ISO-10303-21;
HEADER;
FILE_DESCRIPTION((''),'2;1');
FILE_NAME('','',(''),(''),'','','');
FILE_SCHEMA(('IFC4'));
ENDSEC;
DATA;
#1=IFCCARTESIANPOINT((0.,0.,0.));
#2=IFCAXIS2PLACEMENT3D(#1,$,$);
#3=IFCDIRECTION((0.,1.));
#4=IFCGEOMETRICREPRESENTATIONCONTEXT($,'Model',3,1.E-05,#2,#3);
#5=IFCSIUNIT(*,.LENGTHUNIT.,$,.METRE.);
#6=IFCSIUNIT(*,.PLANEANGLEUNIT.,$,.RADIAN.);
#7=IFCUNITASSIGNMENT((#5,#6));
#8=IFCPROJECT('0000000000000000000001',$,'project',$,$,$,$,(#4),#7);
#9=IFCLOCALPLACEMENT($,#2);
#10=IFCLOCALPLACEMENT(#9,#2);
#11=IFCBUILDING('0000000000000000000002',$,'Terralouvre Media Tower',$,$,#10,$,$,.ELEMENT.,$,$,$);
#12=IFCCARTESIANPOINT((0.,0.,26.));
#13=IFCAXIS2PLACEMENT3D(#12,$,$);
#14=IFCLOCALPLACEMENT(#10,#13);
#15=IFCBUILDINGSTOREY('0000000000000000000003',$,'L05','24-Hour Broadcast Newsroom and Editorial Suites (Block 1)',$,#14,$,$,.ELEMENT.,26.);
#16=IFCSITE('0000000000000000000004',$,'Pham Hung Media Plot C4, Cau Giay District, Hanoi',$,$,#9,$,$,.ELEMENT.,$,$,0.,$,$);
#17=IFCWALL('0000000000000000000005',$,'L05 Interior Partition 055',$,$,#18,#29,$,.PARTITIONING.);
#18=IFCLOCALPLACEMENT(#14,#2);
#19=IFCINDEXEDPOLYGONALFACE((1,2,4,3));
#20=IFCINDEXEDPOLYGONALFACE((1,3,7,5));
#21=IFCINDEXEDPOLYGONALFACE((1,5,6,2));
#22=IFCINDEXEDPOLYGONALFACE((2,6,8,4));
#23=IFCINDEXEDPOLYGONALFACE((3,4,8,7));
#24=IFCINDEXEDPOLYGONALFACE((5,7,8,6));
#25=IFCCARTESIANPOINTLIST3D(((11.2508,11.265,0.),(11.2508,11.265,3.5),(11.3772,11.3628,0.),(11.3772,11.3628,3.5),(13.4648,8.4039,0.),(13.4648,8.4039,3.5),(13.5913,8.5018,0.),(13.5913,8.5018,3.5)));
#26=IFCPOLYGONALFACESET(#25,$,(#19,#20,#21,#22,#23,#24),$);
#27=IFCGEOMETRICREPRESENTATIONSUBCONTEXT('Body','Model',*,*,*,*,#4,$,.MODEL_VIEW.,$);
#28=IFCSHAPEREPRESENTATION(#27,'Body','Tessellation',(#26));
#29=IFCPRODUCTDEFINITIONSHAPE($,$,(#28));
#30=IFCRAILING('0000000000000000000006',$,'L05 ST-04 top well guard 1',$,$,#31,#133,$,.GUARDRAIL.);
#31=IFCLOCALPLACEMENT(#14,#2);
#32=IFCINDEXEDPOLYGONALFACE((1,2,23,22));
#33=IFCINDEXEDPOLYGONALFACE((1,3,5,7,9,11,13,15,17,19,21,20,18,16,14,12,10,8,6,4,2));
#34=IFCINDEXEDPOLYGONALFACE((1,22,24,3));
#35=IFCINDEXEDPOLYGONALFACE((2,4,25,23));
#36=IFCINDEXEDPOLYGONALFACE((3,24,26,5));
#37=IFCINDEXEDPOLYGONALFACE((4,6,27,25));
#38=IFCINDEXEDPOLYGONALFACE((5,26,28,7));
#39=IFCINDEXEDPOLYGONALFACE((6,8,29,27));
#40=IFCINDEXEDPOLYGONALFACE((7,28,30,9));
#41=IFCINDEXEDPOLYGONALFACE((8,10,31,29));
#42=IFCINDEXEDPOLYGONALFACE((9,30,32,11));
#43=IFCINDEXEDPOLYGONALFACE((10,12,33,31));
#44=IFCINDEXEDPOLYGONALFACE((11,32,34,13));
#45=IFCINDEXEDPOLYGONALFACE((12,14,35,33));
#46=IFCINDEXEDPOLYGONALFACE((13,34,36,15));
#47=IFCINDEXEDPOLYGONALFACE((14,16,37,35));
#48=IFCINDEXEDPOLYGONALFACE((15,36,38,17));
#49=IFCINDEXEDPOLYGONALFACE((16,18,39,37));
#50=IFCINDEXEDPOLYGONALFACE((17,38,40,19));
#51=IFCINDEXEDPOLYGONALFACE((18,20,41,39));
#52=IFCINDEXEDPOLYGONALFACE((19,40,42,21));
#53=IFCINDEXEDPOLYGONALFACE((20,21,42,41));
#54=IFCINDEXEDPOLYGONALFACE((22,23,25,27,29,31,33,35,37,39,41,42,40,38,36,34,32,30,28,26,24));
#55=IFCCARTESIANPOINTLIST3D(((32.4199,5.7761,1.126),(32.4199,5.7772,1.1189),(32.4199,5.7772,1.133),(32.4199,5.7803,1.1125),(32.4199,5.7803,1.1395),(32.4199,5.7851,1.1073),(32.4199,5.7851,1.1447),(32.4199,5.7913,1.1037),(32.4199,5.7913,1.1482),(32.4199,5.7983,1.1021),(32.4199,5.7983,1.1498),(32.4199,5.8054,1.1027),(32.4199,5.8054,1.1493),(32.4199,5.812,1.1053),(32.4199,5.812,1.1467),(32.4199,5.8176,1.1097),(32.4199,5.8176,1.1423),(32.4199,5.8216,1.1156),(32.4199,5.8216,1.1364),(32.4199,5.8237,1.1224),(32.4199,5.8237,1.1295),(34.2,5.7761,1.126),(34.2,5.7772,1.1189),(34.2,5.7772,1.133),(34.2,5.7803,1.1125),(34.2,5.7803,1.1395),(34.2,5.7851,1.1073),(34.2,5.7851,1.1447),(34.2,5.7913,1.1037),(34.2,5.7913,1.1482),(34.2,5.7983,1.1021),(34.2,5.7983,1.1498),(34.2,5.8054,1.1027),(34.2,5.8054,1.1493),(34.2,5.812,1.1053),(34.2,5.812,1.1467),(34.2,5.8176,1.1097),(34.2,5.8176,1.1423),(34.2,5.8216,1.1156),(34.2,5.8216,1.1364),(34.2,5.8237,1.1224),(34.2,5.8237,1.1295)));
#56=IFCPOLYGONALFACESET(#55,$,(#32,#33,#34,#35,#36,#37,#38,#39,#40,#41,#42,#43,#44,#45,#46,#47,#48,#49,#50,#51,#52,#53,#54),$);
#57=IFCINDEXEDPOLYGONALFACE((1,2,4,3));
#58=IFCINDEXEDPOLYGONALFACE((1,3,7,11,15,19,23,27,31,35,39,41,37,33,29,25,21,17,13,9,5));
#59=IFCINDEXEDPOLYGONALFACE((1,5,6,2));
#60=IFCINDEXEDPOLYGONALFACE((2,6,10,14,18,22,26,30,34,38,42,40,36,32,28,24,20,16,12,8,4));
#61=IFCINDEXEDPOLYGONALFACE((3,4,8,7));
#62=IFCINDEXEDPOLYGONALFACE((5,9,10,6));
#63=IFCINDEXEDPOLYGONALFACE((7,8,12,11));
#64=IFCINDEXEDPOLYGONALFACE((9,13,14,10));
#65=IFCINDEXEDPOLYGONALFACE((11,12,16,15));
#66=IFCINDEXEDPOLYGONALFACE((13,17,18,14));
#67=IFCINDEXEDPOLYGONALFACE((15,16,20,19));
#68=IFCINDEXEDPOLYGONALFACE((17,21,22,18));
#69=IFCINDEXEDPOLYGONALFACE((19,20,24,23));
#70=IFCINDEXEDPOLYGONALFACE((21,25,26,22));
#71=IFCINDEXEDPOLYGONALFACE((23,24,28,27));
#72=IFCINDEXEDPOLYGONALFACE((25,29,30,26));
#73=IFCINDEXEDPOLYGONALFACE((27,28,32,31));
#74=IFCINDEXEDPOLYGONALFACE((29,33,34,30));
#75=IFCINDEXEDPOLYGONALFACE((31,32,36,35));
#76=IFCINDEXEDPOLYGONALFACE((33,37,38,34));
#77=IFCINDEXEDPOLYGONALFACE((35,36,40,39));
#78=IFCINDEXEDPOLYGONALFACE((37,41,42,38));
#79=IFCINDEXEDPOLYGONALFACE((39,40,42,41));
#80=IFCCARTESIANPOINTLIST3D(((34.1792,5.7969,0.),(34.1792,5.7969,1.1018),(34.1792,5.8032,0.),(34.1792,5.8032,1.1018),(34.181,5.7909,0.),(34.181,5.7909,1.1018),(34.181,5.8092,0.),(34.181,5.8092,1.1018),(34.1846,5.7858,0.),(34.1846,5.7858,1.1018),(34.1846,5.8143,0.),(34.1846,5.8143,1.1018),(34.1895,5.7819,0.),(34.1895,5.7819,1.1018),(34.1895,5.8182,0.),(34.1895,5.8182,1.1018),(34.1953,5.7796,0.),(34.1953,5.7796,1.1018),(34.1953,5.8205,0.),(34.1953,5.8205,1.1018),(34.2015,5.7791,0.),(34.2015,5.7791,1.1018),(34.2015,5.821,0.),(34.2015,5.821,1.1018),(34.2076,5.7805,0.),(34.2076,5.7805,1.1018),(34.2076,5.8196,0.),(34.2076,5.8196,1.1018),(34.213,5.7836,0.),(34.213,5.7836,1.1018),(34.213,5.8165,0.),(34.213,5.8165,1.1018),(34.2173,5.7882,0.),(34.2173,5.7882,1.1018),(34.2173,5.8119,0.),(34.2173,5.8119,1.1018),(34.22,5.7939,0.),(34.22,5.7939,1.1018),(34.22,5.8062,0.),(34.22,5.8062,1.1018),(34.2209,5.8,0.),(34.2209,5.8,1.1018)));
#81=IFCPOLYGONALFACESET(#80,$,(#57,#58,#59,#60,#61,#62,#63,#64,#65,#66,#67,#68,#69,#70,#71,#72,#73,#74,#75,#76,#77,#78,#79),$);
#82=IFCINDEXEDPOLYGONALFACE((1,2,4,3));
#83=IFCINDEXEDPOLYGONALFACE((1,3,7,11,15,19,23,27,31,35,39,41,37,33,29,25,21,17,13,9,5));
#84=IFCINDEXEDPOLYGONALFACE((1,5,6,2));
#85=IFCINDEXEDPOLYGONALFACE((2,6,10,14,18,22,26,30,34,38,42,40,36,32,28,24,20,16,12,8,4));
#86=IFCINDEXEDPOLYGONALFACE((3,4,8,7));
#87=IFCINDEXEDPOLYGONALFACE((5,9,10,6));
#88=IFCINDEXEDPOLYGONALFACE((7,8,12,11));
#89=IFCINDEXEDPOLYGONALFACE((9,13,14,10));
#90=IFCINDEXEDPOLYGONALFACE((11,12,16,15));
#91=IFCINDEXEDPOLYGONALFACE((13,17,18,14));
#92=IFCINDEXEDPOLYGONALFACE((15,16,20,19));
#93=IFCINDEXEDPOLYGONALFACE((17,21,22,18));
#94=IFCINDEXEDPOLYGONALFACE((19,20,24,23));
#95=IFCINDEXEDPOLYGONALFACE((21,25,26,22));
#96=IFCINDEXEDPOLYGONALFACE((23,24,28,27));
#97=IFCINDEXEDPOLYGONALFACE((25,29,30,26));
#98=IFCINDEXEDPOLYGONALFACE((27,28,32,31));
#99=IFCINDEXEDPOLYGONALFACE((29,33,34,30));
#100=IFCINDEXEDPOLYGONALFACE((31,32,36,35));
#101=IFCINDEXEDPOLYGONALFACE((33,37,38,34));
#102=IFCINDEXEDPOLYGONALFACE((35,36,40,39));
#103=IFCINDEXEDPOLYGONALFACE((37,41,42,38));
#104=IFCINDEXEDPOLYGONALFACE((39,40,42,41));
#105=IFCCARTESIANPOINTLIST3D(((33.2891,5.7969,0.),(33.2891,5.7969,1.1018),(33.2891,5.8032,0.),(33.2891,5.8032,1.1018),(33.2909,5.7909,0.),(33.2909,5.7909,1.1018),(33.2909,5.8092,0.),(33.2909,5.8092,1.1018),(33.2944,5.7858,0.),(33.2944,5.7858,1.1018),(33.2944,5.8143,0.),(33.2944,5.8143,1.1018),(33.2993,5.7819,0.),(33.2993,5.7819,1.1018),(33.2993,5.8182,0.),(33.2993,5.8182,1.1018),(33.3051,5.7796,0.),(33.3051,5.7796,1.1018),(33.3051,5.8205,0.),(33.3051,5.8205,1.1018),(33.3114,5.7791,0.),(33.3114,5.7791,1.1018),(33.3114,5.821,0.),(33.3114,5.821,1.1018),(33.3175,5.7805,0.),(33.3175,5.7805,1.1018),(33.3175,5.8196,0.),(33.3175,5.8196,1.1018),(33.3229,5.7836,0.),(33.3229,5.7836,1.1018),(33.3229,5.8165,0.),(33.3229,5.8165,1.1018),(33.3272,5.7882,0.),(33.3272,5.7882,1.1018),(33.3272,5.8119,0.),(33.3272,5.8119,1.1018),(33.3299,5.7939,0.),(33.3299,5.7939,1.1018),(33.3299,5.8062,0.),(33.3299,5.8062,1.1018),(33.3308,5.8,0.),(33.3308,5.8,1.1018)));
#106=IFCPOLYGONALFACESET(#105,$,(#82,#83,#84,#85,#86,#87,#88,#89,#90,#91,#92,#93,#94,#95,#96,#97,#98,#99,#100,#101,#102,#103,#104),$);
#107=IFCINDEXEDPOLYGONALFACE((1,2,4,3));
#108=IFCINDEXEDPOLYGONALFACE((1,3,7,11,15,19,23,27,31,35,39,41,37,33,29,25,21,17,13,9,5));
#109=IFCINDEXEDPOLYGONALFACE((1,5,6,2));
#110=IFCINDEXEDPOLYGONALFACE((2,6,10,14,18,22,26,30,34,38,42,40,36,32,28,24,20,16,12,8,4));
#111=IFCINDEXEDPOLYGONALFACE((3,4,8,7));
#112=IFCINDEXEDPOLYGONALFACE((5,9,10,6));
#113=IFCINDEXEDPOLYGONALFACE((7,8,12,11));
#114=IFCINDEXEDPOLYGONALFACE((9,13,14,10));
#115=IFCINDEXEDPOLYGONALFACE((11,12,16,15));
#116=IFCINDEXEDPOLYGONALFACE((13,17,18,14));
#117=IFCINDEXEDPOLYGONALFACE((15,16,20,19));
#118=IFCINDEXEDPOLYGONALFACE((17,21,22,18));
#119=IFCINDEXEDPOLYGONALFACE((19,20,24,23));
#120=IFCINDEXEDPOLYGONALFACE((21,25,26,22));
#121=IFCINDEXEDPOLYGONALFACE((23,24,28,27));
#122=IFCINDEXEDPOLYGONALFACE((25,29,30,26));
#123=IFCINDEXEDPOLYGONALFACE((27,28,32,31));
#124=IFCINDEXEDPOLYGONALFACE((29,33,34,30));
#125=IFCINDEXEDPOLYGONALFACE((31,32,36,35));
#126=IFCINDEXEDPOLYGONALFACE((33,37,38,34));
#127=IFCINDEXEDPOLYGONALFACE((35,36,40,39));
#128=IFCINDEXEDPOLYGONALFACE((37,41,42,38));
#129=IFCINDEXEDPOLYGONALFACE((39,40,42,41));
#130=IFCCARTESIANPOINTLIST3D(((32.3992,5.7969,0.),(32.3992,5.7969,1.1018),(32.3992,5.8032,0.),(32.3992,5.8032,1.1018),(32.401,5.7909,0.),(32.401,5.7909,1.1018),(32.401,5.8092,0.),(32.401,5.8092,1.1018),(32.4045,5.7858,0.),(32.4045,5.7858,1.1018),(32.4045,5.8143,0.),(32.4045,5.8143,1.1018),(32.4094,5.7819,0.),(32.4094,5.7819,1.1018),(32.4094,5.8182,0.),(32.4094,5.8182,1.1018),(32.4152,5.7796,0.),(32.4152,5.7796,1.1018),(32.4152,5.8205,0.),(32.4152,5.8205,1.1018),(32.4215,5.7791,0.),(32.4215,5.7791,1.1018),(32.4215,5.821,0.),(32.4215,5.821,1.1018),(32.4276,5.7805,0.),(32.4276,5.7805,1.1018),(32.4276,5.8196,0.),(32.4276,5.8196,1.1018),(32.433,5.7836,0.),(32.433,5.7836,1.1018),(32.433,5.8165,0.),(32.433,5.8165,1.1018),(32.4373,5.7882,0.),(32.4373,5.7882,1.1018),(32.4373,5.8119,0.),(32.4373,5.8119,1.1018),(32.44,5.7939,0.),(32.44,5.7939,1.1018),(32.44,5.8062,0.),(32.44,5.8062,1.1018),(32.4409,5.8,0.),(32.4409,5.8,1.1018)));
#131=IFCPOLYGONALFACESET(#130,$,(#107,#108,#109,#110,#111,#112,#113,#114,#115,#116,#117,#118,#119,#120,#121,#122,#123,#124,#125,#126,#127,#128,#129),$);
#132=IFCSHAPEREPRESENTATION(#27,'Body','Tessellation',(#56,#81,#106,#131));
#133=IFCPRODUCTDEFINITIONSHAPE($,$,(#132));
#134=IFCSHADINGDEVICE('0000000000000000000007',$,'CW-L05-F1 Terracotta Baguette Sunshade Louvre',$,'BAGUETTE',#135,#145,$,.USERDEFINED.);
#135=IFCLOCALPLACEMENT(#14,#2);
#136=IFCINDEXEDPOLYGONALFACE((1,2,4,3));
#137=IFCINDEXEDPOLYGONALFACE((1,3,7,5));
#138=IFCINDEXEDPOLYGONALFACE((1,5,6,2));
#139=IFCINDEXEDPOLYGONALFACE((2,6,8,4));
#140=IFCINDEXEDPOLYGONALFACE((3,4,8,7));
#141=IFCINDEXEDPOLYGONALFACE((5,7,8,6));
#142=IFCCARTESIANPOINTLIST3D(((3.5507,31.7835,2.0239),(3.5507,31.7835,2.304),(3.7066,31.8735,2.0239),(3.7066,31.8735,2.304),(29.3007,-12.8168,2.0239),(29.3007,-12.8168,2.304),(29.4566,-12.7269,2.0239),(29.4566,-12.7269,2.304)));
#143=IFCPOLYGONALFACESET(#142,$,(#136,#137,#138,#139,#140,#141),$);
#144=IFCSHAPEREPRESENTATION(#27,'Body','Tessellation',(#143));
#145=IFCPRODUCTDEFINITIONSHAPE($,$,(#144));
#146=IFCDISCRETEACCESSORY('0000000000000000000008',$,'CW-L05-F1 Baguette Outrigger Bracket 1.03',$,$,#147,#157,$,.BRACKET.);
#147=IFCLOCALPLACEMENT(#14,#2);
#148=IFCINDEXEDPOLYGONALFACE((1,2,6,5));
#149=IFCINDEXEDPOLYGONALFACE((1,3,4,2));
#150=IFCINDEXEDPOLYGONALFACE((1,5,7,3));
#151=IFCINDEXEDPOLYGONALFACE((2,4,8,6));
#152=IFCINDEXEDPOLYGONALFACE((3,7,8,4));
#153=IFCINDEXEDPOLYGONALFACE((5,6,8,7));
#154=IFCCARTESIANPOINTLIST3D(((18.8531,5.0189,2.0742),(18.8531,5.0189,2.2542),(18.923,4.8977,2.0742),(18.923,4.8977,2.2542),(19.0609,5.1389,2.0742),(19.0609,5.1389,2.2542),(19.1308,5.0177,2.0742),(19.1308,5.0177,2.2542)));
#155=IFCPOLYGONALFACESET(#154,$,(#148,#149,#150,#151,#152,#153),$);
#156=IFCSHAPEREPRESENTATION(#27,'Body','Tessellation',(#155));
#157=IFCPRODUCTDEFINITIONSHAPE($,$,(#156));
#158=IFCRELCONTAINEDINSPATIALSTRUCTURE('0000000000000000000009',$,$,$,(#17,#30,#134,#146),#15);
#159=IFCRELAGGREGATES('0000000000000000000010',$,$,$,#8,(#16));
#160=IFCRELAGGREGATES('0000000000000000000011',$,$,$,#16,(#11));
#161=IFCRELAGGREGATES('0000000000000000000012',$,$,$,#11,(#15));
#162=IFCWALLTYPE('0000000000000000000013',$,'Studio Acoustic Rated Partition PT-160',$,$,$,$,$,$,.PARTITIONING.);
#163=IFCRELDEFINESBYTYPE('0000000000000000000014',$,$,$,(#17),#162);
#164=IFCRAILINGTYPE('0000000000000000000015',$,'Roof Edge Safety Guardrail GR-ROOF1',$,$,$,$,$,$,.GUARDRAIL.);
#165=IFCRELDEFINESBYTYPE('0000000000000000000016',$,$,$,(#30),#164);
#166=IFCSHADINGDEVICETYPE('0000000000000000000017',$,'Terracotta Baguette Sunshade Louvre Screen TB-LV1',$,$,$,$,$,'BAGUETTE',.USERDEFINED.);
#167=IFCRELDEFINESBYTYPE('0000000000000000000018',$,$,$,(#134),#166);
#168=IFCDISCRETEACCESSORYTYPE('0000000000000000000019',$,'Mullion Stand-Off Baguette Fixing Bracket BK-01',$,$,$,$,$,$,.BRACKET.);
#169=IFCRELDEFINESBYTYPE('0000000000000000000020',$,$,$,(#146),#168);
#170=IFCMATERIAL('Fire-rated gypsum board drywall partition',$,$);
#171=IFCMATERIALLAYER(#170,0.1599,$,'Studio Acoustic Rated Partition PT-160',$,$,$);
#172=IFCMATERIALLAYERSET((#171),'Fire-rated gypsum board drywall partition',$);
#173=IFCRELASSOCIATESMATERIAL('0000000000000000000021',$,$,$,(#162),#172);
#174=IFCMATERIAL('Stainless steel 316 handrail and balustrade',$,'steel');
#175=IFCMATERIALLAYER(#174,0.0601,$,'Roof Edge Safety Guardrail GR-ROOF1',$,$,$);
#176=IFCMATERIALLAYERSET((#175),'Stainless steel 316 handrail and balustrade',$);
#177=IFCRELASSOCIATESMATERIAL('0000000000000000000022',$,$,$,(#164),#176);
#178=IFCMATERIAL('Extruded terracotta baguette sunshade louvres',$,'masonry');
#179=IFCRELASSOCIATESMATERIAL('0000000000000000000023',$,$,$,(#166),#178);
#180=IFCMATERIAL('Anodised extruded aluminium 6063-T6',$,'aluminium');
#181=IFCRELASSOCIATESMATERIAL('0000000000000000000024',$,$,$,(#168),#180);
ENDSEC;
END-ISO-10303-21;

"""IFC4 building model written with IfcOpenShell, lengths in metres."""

from ifc_helpers import new_model, si_unit, direction, frame, frame_2d, origin, origin_2d, place, context, subcontext, project, spatial, rectangle, circle, extrude, material, layer, layer_set, type_object, element, save


model = new_model("IFC4")

# Units and contexts
model_context = context("Model", 3, precision=1e-05, world=origin(), true_north=direction((0.0, 1.0)))
body_context = subcontext(model_context, "Body", "Model", "MODEL_VIEW")
ifc_project = project(units=[si_unit("LENGTHUNIT", "METRE"), si_unit("PLANEANGLEUNIT", "RADIAN")], contexts=[model_context])

# Site, building, storey
site_placement = place(None, origin())
site = spatial("IfcSite", under=ifc_project, at=site_placement, Name="Pham Hung Media Plot C4, Cau Giay District, Hanoi", CompositionType="ELEMENT", RefElevation=0.0)
building_placement = place(site_placement, origin())
building = spatial("IfcBuilding", under=site, at=building_placement, Name="Terralouvre Media Tower", CompositionType="ELEMENT")
storey_placement = place(building_placement, frame((0.0, 0.0, 26.0)))
storey = spatial("IfcBuildingStorey", under=building, at=storey_placement, Name="L05", Description="24-Hour Broadcast Newsroom and Editorial Suites (Block 1)", CompositionType="ELEMENT", Elevation=26.0)

# Wall
ifc_material_1 = material(Name="Fire-rated gypsum board drywall partition")
ifc_layer_1 = layer(ifc_material_1, 0.1599, Name="Studio Acoustic Rated Partition PT-160")
ifc_layer_set_1 = layer_set([ifc_layer_1], Name="Fire-rated gypsum board drywall partition")
wall_type_1 = type_object("IfcWallType", Name="Studio Acoustic Rated Partition PT-160", PredefinedType="PARTITIONING", material=ifc_layer_set_1)
wall_1_placement = place(storey_placement, frame((13.5281, 8.4529, 0.0), z_axis=(0.0, 0.0, 1.0), x_axis=(-0.612014, 0.790847, 0.0)))
element("IfcWall", 1, at=wall_1_placement, inside=storey, type_object=wall_type_1, Name="L05 Interior Partition 055", PredefinedType="PARTITIONING", context=body_context, shape_type="SweptSolid", body=[
    extrude(rectangle(XDim=3.6177, YDim=0.1599, at=frame_2d((1.8088, 0.0))), origin(), (0.0, 0.0, 1.0), 3.5),
])

# Railing
ifc_material_2 = material(Name="Stainless steel 316 handrail and balustrade", Category="steel")
ifc_layer_2 = layer(ifc_material_2, 0.0601, Name="Roof Edge Safety Guardrail GR-ROOF1")
ifc_layer_set_2 = layer_set([ifc_layer_2], Name="Stainless steel 316 handrail and balustrade")
railing_type = type_object("IfcRailingType", Name="Roof Edge Safety Guardrail GR-ROOF1", PredefinedType="GUARDRAIL", material=ifc_layer_set_2)
railing_placement = place(storey_placement, frame((34.2, 5.8, 0.0)))
element("IfcRailing", 2, at=railing_placement, inside=storey, type_object=railing_type, Name="L05 ST-04 top well guard 1", PredefinedType="GUARDRAIL", context=body_context, shape_type="SweptSolid", body=[
    extrude(circle(Radius=0.0239, at=origin_2d()), frame((0.0, 0.0, 1.126), z_axis=(-1.0, 0.0, 0.0), x_axis=(0.0, -1.0, 0.0)), (0.0, 0.0, 1.0), 1.78),
    extrude(circle(Radius=0.021, at=origin_2d()), origin(), (0.0, 0.0, 1.0), 1.1018),
    extrude(circle(Radius=0.021, at=origin_2d()), frame((-0.8901, 0.0, 0.0)), (0.0, 0.0, 1.0), 1.1018),
    extrude(circle(Radius=0.021, at=origin_2d()), frame((-1.78, 0.0, 0.0)), (0.0, 0.0, 1.0), 1.1018),
])

# Shading device
ifc_material_3 = material(Name="Extruded terracotta baguette sunshade louvres", Category="masonry")
shading_device_type = type_object("IfcShadingDeviceType", Name="Terracotta Baguette Sunshade Louvre Screen TB-LV1", ElementType="BAGUETTE", PredefinedType="USERDEFINED", material=ifc_material_3)
shading_device_placement = place(storey_placement, frame((16.5037, 9.5283, 2.0239), z_axis=(0.0, 0.0, 1.0), x_axis=(-0.5, 0.866025, 0.0)))
element("IfcShadingDevice", 3, at=shading_device_placement, inside=storey, type_object=shading_device_type, Name="CW-L05-F1 Terracotta Baguette Sunshade Louvre", ObjectType="BAGUETTE", PredefinedType="USERDEFINED", context=body_context, shape_type="SweptSolid", body=[
    extrude(rectangle(XDim=51.5, YDim=0.1799, at=origin_2d()), origin(), (0.0, 0.0, 1.0), 0.28),
])

# Discrete accessory
ifc_material_4 = material(Name="Anodised extruded aluminium 6063-T6", Category="aluminium")
discrete_accessory_type = type_object("IfcDiscreteAccessoryType", Name="Mullion Stand-Off Baguette Fixing Bracket BK-01", PredefinedType="BRACKET", material=ifc_material_4)
discrete_accessory_placement = place(storey_placement, frame((18.9919, 5.0183, 2.0742), z_axis=(0.0, 0.0, 1.0), x_axis=(-0.5, 0.866025, 0.0)))
element("IfcDiscreteAccessory", 4, at=discrete_accessory_placement, inside=storey, type_object=discrete_accessory_type, Name="CW-L05-F1 Baguette Outrigger Bracket 1.03", PredefinedType="BRACKET", context=body_context, shape_type="SweptSolid", body=[
    extrude(rectangle(XDim=0.1399, YDim=0.24, at=origin_2d()), origin(), (0.0, 0.0, 1.0), 0.1799),
])

save(model, "model.ifc")
